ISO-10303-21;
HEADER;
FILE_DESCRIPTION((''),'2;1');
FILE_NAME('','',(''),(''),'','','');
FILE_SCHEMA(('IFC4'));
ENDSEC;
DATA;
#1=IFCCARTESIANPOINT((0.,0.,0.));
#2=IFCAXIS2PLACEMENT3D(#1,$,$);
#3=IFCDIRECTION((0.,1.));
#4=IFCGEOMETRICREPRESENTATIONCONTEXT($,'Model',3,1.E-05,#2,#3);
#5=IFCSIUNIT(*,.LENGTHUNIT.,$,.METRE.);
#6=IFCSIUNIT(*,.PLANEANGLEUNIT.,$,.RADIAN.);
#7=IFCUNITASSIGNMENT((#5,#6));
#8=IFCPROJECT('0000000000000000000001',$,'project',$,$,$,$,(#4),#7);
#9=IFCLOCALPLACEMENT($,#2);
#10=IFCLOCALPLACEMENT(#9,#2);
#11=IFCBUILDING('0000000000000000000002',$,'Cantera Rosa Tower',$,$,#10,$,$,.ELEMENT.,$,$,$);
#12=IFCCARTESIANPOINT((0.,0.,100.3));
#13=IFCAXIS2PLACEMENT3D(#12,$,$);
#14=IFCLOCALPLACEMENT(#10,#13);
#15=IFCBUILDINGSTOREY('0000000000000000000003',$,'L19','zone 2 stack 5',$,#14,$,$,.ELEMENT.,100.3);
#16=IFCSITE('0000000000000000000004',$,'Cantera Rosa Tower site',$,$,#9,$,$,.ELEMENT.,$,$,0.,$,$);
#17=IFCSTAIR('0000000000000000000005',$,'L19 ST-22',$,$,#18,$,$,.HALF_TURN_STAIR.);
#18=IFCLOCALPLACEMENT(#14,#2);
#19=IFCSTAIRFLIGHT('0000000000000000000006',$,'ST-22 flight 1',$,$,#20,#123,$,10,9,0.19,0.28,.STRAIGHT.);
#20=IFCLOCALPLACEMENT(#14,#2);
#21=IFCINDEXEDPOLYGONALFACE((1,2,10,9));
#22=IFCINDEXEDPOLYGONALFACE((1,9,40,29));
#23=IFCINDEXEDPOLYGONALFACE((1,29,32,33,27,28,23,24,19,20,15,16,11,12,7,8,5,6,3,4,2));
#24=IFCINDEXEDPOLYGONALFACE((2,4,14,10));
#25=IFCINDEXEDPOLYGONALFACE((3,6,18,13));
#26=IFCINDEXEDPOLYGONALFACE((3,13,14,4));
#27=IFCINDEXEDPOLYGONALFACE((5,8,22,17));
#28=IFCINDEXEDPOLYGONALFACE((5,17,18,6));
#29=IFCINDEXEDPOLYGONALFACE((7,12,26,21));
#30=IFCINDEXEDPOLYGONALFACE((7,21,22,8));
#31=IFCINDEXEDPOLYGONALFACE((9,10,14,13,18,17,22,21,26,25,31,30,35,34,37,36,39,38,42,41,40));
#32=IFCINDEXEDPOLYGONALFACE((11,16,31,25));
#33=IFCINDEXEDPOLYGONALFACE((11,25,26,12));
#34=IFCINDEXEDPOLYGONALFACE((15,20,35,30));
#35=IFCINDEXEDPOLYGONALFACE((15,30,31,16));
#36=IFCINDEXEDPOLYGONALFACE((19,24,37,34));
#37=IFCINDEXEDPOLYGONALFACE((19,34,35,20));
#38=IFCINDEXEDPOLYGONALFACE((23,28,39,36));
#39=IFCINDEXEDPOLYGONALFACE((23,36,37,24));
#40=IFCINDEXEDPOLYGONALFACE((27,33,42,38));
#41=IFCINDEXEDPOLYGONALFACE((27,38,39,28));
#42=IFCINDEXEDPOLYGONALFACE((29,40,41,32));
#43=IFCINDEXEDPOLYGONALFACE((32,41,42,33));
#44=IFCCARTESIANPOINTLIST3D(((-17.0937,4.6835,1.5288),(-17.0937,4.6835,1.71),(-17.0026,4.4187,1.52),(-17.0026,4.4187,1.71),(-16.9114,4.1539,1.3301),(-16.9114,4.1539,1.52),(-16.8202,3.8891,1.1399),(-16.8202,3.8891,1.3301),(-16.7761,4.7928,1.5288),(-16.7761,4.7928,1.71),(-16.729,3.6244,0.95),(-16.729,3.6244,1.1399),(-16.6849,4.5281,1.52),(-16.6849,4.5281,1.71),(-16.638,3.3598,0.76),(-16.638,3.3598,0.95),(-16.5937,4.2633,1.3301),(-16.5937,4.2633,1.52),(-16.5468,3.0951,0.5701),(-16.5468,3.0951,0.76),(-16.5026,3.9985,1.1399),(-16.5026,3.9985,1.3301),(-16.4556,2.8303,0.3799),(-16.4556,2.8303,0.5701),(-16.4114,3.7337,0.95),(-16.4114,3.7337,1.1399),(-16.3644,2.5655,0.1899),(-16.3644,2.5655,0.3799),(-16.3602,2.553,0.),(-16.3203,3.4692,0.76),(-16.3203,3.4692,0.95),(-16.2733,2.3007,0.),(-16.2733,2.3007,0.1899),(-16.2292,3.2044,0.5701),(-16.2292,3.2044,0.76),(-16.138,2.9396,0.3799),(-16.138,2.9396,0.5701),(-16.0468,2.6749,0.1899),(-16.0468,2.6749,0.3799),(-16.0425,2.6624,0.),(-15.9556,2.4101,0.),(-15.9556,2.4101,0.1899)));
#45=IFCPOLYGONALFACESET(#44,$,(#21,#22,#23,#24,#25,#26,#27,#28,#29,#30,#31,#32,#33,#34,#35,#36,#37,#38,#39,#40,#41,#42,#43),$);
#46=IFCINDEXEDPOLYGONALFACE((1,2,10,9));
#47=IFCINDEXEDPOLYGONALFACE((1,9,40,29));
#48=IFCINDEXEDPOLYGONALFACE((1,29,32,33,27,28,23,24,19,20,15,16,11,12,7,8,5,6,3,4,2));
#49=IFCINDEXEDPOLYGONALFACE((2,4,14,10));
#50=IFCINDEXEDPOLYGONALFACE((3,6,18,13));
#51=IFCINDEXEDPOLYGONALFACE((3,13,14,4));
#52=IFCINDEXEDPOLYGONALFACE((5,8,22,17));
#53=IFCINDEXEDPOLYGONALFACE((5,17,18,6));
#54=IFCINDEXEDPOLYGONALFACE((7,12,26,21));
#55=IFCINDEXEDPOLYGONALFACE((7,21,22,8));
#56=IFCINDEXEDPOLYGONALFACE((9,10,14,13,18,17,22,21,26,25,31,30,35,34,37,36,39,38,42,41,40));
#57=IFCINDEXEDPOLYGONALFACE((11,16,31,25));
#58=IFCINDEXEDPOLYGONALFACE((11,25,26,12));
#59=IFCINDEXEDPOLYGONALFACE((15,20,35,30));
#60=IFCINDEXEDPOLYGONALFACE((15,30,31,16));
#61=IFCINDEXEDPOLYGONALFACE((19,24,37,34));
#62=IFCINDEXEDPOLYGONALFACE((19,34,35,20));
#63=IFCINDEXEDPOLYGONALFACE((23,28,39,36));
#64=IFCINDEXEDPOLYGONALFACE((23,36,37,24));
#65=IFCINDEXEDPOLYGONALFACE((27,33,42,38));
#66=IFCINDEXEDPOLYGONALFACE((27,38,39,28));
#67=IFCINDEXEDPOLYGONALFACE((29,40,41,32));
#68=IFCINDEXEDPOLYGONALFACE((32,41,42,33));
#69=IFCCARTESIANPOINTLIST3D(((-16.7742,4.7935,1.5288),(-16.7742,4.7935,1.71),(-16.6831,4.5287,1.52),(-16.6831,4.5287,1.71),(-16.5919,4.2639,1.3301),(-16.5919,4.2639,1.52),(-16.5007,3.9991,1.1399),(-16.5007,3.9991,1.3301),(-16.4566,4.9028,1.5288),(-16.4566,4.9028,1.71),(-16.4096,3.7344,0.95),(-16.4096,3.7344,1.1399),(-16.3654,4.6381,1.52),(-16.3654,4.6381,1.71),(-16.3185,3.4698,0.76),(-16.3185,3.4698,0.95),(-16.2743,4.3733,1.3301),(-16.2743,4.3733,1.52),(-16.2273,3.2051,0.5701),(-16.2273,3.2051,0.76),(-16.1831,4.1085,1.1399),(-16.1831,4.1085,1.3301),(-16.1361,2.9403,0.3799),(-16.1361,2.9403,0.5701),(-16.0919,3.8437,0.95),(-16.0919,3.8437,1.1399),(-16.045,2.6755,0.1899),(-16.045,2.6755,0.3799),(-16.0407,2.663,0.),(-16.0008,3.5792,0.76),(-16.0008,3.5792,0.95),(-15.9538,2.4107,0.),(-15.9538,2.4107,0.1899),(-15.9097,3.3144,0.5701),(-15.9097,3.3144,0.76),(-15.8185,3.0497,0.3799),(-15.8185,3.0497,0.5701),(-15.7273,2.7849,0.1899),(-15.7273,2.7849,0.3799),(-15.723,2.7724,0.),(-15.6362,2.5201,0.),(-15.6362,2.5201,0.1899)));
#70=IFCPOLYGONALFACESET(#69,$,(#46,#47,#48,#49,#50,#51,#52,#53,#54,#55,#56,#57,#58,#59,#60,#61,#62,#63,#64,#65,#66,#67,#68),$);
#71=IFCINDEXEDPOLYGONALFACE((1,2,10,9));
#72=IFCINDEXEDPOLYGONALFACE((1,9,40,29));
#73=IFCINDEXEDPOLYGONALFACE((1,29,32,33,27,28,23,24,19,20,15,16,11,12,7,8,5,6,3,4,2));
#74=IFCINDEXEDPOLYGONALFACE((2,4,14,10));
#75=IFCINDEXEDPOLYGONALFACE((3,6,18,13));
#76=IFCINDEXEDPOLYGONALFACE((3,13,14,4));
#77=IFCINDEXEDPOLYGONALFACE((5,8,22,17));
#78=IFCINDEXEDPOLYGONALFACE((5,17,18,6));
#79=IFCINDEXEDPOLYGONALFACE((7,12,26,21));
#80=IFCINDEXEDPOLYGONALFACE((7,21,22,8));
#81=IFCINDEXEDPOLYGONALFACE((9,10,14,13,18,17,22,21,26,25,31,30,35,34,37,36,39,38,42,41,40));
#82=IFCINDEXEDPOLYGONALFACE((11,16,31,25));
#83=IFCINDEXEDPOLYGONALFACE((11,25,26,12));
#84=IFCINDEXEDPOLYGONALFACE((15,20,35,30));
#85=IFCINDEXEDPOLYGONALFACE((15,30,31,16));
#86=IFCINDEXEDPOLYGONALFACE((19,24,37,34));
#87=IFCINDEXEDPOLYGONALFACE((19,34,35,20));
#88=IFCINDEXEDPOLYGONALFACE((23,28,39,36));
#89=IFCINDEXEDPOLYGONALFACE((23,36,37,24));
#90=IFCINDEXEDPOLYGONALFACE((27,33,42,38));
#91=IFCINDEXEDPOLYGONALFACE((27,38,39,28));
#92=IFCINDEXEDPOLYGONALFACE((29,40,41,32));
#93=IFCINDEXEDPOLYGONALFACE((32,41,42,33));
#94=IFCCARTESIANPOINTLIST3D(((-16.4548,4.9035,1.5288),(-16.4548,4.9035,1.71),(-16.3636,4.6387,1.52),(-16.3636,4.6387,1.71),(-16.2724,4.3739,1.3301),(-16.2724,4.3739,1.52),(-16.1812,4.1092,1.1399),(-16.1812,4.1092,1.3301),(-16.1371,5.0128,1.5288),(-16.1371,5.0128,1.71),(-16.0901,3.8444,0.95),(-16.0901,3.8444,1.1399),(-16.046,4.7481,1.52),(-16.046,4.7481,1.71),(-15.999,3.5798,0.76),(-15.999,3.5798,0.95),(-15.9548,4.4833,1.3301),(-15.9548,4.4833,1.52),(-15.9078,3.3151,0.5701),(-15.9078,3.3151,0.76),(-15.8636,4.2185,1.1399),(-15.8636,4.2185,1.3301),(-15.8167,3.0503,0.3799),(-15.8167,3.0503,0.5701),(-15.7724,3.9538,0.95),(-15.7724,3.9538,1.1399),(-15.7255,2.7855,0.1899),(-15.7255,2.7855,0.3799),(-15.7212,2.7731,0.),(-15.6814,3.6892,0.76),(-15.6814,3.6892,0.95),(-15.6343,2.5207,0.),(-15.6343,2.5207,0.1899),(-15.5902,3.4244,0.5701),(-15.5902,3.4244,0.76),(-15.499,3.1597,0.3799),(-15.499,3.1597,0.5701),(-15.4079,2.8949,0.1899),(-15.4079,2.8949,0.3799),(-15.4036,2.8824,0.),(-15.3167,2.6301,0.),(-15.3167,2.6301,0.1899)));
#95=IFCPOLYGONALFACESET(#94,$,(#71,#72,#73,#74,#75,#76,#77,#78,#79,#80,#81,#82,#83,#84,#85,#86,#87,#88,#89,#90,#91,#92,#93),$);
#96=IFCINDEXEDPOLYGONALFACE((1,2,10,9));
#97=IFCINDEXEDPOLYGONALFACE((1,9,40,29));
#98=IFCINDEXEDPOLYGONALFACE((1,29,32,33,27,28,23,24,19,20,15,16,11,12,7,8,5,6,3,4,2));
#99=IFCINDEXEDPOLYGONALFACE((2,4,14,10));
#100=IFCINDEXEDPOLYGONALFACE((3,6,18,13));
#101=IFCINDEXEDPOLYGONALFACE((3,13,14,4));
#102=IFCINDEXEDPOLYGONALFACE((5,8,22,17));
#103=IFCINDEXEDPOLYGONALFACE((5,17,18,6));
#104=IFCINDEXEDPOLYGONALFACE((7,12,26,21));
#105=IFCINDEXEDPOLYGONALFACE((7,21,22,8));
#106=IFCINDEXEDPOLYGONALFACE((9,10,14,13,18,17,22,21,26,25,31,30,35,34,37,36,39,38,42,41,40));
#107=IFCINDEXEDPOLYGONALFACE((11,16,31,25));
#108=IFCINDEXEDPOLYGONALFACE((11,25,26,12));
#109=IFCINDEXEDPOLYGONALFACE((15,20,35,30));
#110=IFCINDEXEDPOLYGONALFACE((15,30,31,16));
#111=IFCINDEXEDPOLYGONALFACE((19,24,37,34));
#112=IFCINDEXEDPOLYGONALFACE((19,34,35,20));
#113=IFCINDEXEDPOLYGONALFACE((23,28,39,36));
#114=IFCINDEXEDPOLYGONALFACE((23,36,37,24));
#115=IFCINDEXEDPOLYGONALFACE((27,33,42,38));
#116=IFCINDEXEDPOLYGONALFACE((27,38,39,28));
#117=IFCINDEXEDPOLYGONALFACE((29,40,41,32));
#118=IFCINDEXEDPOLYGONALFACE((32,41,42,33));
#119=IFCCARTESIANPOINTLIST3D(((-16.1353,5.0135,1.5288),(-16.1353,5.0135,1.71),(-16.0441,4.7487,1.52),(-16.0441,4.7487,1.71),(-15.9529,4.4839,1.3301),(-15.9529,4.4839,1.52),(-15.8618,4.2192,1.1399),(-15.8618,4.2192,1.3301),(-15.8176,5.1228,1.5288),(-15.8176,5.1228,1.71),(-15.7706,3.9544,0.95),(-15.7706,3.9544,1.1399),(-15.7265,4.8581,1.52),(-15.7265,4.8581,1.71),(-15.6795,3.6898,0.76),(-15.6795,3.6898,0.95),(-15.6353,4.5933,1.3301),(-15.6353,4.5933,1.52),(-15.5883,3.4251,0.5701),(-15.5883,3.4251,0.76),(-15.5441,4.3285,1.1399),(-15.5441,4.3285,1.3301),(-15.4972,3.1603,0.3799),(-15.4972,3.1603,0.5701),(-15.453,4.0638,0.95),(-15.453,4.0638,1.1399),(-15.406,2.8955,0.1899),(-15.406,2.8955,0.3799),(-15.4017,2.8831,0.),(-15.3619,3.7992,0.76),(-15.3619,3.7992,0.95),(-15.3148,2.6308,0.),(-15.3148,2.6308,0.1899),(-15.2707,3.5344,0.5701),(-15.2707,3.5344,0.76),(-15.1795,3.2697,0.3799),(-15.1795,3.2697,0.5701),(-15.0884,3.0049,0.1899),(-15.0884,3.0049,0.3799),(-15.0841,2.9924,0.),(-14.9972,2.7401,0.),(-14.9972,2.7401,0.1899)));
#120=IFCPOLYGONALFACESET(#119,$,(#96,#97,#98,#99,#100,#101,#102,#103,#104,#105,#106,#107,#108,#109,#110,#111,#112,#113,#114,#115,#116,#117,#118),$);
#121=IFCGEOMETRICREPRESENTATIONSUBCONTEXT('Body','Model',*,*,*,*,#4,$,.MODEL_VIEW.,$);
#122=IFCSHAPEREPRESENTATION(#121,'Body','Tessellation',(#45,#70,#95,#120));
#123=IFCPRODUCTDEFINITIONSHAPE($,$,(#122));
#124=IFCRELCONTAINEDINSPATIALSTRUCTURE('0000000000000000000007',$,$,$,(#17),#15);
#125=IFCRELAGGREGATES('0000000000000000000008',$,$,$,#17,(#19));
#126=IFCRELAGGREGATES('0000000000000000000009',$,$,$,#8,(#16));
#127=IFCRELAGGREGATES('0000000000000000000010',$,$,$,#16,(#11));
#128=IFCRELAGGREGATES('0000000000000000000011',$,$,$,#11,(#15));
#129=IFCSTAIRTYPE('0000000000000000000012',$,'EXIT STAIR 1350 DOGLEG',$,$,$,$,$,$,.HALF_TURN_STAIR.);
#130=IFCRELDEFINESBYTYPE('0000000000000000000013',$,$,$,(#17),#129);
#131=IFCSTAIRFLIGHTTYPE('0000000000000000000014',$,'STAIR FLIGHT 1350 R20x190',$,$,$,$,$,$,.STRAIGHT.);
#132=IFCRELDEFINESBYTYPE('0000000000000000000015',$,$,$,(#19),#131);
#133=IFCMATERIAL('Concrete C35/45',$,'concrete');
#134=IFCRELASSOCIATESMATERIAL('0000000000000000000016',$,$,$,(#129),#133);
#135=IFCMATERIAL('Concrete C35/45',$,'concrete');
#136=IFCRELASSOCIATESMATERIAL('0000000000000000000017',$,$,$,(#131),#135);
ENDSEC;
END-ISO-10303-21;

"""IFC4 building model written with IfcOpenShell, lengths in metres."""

from ifc_helpers import new_model, si_unit, direction, frame, origin, place, context, subcontext, project, spatial, polyline, outline, extrude, material, type_object, element, aggregate, save


model = new_model("IFC4")

# Units and contexts
model_context = context("Model", 3, precision=1e-05, world=origin(), true_north=direction((0.0, 1.0)))
body_context = subcontext(model_context, "Body", "Model", "MODEL_VIEW")
ifc_project = project(units=[si_unit("LENGTHUNIT", "METRE"), si_unit("PLANEANGLEUNIT", "RADIAN")], contexts=[model_context])

# Site, building, storey
site_placement = place(None, origin())
site = spatial("IfcSite", under=ifc_project, at=site_placement, Name="Cantera Rosa Tower site", CompositionType="ELEMENT", RefElevation=0.0)
building_placement = place(site_placement, origin())
building = spatial("IfcBuilding", under=site, at=building_placement, Name="Cantera Rosa Tower", CompositionType="ELEMENT")
storey_placement = place(building_placement, frame((0.0, 0.0, 100.3)))
storey = spatial("IfcBuildingStorey", under=building, at=storey_placement, Name="L19", Description="zone 2 stack 5", CompositionType="ELEMENT", Elevation=100.3)

# Stair, stair flight
ifc_material_1 = material(Name="Concrete C35/45", Category="concrete")
stair_type = type_object("IfcStairType", Name="EXIT STAIR 1350 DOGLEG", PredefinedType="HALF_TURN_STAIR", material=ifc_material_1)
stair_placement = place(storey_placement, origin())
stair = element("IfcStair", 1, at=stair_placement, inside=storey, type_object=stair_type, Name="L19 ST-22", PredefinedType="HALF_TURN_STAIR")
ifc_material_2 = material(Name="Concrete C35/45", Category="concrete")
stair_flight_type = type_object("IfcStairFlightType", Name="STAIR FLIGHT 1350 R20x190", PredefinedType="STRAIGHT", material=ifc_material_2)
stair_flight_1_placement = place(storey_placement, frame((-15.635, 2.5205, 0.0), z_axis=(0.0, 0.0, 1.0), x_axis=(-0.325568, 0.945519, 0.0)))
stair_flight_1 = element("IfcStairFlight", 2, at=stair_flight_1_placement, type_object=stair_flight_type, Name="ST-22 flight 1", NumberOfRisers=10, NumberOfTreads=9, PredefinedType="STRAIGHT", RiserHeight=0.19, TreadLength=0.28, context=body_context, shape_type="SweptSolid", body=[
    extrude(outline(polyline([(0.0, 0.0), (0.0, 0.1899), (0.28, 0.1899), (0.28, 0.3799), (0.5601, 0.3799), (0.5601, 0.5701), (0.8401, 0.5701), (0.8401, 0.76), (1.1201, 0.76), (1.1201, 0.95), (1.3999, 0.95), (1.3999, 1.1399), (1.6799, 1.1399), (1.6799, 1.3301), (1.96, 1.3301), (1.96, 1.52), (2.24, 1.52), (2.24, 1.71), (2.52, 1.71), (2.52, 1.8999), (2.52, 1.5288), (0.2668, 0.0), (0.0, 0.0)])), frame((0.0, 0.675, 0.0), z_axis=(0.0, -1.0, 0.0), x_axis=(1.0, 0.0, 0.0)), (0.0, 0.0, 1.0), 0.3359),
    extrude(outline(polyline([(0.0, 0.0), (0.0, 0.1899), (0.28, 0.1899), (0.28, 0.3799), (0.5601, 0.3799), (0.5601, 0.5701), (0.8401, 0.5701), (0.8401, 0.76), (1.1201, 0.76), (1.1201, 0.95), (1.3999, 0.95), (1.3999, 1.1399), (1.6799, 1.1399), (1.6799, 1.3301), (1.96, 1.3301), (1.96, 1.52), (2.24, 1.52), (2.24, 1.71), (2.52, 1.71), (2.52, 1.8999), (2.52, 1.5288), (0.2668, 0.0), (0.0, 0.0)])), frame((0.0, 0.3372, 0.0), z_axis=(0.0, -1.0, 0.0), x_axis=(1.0, 0.0, 0.0)), (0.0, 0.0, 1.0), 0.3359),
    extrude(outline(polyline([(0.0, 0.0), (0.0, 0.1899), (0.28, 0.1899), (0.28, 0.3799), (0.5601, 0.3799), (0.5601, 0.5701), (0.8401, 0.5701), (0.8401, 0.76), (1.1201, 0.76), (1.1201, 0.95), (1.3999, 0.95), (1.3999, 1.1399), (1.6799, 1.1399), (1.6799, 1.3301), (1.96, 1.3301), (1.96, 1.52), (2.24, 1.52), (2.24, 1.71), (2.52, 1.71), (2.52, 1.8999), (2.52, 1.5288), (0.2668, 0.0), (0.0, 0.0)])), frame((0.0, -0.0007, 0.0), z_axis=(0.0, -1.0, 0.0), x_axis=(1.0, 0.0, 0.0)), (0.0, 0.0, 1.0), 0.3359),
    extrude(outline(polyline([(0.0, 0.0), (0.0, 0.1899), (0.28, 0.1899), (0.28, 0.3799), (0.5601, 0.3799), (0.5601, 0.5701), (0.8401, 0.5701), (0.8401, 0.76), (1.1201, 0.76), (1.1201, 0.95), (1.3999, 0.95), (1.3999, 1.1399), (1.6799, 1.1399), (1.6799, 1.3301), (1.96, 1.3301), (1.96, 1.52), (2.24, 1.52), (2.24, 1.71), (2.52, 1.71), (2.52, 1.8999), (2.52, 1.5288), (0.2668, 0.0), (0.0, 0.0)])), frame((0.0, -0.3386, 0.0), z_axis=(0.0, -1.0, 0.0), x_axis=(1.0, 0.0, 0.0)), (0.0, 0.0, 1.0), 0.3359),
])
aggregate(stair, [stair_flight_1])

save(model, "model.ifc")
